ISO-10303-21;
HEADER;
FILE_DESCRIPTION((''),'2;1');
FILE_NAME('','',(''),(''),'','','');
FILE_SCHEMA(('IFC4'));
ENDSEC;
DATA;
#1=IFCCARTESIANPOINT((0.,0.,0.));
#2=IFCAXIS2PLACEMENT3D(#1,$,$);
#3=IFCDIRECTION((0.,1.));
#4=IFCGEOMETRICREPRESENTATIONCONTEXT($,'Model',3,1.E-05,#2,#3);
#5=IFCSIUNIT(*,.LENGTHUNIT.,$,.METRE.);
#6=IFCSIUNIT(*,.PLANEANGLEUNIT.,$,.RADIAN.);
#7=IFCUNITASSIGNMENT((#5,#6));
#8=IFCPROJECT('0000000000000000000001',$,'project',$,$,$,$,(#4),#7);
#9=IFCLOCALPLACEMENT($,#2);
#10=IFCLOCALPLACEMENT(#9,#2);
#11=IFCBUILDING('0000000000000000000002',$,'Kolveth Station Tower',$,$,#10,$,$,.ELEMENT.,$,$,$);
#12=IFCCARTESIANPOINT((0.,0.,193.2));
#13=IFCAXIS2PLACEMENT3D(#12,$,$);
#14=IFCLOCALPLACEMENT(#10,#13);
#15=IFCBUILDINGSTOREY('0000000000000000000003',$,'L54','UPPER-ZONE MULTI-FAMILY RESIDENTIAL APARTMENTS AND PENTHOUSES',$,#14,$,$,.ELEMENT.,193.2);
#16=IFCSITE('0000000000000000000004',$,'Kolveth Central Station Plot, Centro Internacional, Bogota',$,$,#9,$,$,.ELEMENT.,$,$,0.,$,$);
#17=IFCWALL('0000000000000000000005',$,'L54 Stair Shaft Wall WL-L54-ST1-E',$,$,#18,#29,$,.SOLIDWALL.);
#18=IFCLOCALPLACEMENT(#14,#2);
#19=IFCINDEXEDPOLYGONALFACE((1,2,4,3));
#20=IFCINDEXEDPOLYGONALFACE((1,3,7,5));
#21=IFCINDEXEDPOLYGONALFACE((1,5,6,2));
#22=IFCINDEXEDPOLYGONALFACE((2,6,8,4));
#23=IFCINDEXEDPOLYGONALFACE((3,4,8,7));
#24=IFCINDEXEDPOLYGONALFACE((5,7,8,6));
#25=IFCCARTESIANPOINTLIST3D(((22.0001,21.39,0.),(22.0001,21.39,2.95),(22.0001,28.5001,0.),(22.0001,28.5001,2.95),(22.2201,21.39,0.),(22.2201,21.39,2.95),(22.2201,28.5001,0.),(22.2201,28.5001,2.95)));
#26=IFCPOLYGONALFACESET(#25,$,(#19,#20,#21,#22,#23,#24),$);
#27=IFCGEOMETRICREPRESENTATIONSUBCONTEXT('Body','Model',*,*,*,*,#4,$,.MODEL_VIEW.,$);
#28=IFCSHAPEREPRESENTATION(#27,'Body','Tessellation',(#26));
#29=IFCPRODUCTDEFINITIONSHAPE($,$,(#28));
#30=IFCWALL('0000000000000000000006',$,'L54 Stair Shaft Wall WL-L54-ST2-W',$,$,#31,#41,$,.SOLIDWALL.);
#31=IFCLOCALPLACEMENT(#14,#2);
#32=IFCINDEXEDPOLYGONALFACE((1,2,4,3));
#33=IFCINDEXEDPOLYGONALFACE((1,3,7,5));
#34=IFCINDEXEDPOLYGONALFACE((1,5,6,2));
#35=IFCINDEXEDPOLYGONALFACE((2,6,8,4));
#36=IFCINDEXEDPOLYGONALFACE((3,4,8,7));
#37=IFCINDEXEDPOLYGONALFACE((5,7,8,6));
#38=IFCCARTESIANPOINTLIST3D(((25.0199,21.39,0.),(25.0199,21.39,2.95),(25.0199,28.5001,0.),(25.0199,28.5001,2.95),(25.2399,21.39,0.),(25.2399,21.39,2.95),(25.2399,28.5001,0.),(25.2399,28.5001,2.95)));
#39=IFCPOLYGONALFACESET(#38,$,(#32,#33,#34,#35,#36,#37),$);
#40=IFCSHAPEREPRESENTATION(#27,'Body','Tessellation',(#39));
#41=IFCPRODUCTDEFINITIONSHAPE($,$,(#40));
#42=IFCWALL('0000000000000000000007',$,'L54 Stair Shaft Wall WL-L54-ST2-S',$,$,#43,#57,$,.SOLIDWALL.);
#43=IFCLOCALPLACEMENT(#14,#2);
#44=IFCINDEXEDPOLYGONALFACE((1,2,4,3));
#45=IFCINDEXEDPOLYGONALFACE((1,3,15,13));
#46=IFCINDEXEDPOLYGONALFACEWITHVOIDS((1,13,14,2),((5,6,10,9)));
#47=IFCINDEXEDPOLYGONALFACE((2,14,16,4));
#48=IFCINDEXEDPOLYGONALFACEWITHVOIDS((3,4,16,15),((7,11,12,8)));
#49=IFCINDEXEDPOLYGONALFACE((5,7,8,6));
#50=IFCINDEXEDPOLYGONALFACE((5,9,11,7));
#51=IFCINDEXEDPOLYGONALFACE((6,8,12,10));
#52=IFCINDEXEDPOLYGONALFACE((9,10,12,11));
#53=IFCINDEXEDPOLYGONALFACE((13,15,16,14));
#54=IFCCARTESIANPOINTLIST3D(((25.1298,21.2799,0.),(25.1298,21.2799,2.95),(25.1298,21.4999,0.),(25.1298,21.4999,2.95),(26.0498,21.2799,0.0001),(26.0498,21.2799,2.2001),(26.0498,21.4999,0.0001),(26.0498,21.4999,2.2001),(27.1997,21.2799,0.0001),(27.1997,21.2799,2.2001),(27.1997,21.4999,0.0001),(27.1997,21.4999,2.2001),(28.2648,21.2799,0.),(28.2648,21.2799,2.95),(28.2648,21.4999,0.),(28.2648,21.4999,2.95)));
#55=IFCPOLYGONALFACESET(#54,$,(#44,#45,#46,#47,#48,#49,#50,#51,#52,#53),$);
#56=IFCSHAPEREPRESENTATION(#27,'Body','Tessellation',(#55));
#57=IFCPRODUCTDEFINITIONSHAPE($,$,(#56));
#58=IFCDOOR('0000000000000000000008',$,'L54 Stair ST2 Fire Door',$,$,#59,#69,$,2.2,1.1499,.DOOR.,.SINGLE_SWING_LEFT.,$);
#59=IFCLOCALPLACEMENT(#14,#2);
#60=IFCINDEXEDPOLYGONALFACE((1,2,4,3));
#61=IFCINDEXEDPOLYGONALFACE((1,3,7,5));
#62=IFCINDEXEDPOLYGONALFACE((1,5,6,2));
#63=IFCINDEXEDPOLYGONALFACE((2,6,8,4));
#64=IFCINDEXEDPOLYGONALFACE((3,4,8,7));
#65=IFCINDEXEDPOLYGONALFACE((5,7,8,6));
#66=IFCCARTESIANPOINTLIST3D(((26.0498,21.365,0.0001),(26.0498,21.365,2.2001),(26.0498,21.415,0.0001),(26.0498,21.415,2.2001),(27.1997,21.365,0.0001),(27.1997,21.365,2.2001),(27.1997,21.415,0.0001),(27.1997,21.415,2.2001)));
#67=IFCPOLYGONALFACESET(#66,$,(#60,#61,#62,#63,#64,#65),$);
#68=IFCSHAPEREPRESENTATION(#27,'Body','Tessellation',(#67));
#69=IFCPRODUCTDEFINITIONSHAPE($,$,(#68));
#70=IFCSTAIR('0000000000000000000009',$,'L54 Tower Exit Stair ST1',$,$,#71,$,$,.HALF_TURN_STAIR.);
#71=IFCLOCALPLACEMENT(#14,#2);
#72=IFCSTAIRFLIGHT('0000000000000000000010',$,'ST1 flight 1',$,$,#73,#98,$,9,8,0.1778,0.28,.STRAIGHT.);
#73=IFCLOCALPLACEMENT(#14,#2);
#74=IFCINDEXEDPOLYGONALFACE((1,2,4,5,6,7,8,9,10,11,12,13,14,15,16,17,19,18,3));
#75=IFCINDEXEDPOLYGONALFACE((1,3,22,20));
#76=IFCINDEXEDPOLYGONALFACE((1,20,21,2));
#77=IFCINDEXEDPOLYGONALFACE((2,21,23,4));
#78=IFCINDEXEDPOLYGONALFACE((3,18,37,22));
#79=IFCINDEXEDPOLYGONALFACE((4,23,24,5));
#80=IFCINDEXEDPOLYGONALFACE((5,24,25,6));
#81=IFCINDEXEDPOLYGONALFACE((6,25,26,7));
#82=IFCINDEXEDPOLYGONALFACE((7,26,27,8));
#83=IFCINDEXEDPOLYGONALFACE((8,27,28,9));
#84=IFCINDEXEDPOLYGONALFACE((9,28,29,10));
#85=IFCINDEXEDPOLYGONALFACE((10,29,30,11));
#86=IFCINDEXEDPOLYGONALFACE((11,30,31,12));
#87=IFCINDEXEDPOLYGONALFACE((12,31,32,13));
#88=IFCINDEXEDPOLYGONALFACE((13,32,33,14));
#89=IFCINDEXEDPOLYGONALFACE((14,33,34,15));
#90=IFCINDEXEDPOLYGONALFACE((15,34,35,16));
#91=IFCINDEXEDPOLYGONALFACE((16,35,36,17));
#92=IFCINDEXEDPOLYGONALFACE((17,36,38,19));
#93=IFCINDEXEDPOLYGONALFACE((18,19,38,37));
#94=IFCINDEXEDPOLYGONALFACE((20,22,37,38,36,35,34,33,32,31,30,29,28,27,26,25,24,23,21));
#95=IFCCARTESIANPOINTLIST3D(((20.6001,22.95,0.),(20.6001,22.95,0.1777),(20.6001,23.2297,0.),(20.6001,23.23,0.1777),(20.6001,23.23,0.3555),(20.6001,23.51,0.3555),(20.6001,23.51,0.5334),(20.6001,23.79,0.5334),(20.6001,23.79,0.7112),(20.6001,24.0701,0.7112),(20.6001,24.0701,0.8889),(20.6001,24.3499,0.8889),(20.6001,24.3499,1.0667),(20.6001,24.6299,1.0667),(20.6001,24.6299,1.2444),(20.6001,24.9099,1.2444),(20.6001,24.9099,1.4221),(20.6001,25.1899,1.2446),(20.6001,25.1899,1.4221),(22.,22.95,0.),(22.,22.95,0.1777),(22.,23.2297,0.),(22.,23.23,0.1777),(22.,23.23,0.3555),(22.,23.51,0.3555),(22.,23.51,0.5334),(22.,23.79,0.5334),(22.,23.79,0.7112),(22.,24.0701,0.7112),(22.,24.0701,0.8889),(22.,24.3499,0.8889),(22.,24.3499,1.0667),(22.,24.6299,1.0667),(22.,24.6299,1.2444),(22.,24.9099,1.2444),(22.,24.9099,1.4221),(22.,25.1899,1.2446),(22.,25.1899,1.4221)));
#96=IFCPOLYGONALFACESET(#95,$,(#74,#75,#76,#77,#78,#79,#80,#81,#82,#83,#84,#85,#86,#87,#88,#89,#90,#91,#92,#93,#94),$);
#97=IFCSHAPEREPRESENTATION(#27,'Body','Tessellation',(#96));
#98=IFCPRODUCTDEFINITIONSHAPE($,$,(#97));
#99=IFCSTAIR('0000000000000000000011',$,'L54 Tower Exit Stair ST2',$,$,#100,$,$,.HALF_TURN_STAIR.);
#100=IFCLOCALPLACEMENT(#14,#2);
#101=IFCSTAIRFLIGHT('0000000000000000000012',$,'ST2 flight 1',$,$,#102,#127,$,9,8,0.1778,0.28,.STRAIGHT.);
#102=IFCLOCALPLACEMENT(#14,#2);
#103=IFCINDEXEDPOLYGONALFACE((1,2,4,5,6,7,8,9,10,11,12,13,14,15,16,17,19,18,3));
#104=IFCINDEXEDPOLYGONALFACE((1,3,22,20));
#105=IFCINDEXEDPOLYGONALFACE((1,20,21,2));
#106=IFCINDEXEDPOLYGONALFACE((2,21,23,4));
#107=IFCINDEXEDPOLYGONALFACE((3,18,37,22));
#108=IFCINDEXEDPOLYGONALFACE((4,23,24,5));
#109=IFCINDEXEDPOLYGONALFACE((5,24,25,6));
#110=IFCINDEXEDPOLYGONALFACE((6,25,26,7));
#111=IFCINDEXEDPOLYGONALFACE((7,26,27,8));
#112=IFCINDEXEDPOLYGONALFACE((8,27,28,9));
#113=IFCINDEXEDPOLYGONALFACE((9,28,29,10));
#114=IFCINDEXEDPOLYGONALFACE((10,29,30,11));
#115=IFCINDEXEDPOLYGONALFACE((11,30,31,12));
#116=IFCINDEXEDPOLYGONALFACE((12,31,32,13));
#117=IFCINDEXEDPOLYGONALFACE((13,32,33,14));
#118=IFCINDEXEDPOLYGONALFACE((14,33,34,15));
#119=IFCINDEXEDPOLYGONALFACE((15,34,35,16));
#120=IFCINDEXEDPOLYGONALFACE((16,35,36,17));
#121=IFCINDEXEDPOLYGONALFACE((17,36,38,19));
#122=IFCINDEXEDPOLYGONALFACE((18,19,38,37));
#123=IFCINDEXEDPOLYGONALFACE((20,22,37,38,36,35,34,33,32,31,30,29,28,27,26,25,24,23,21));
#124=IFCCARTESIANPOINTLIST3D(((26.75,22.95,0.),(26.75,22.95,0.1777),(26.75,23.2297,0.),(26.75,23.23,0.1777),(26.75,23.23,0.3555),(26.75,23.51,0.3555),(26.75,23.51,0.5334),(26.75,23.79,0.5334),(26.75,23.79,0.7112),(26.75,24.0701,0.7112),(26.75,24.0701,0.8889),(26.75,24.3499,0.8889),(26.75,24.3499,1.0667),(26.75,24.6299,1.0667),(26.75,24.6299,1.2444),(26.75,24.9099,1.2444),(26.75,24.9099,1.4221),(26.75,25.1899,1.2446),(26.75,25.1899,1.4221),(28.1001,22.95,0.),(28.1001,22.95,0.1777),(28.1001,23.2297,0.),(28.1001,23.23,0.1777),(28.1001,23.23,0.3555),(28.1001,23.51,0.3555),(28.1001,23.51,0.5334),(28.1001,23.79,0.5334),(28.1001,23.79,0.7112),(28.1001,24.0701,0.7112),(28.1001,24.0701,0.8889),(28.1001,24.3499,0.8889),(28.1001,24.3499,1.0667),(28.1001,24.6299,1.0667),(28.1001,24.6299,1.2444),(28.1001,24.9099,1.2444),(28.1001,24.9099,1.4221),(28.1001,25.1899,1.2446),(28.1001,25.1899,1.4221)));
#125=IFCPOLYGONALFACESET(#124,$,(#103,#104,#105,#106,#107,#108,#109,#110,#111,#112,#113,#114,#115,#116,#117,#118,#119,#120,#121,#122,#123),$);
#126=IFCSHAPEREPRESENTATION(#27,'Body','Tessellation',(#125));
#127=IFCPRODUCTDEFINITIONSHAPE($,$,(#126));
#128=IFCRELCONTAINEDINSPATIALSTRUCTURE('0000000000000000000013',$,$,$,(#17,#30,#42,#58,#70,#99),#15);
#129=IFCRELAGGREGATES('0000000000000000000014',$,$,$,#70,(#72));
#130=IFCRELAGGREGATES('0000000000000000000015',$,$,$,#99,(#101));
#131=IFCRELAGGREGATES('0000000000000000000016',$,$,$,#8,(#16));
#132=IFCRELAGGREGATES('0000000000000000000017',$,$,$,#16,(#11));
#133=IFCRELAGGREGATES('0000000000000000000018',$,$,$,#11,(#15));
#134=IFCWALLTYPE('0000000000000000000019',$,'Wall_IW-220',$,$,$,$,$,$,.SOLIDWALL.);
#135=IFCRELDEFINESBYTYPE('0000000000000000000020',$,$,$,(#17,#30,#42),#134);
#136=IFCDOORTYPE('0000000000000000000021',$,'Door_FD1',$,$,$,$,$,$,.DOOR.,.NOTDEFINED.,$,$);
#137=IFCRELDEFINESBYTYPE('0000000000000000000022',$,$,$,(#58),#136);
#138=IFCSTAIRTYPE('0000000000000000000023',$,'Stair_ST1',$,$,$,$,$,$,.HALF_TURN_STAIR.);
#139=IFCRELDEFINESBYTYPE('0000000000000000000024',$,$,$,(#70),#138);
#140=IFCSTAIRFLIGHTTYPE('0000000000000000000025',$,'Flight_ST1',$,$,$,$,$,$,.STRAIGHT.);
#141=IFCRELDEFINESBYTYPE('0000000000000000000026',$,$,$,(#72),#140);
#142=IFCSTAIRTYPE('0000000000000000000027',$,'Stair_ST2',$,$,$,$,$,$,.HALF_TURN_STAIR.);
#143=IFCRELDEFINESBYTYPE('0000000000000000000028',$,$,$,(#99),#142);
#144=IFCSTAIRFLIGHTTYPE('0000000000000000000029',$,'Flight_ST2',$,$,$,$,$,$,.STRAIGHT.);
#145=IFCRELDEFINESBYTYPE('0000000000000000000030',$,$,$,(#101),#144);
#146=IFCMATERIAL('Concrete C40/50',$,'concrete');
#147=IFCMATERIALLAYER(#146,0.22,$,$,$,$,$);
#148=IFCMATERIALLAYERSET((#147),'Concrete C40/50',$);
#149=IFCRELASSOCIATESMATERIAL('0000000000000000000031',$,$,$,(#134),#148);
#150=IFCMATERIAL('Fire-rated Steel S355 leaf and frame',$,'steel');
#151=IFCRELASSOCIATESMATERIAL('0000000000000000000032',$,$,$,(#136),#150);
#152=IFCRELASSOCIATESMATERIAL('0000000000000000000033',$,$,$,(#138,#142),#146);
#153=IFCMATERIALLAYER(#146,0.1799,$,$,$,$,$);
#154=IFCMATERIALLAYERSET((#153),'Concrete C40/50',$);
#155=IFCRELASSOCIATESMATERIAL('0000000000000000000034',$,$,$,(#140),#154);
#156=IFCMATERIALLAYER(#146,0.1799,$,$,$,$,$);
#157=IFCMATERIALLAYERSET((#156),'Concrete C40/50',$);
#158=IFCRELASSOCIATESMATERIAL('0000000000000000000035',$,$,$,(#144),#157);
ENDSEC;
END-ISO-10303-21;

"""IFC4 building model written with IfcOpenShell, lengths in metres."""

from ifc_helpers import new_model, si_unit, direction, frame, frame_2d, origin, place, context, subcontext, project, spatial, polyline, rectangle, outline, extrude, material, layer, layer_set, type_object, element, fill, aggregate, save


model = new_model("IFC4")

# Units and contexts
model_context = context("Model", 3, precision=1e-05, world=origin(), true_north=direction((0.0, 1.0)))
body_context = subcontext(model_context, "Body", "Model", "MODEL_VIEW")
ifc_project = project(units=[si_unit("LENGTHUNIT", "METRE"), si_unit("PLANEANGLEUNIT", "RADIAN")], contexts=[model_context])

# Site, building, storey
site_placement = place(None, origin())
site = spatial("IfcSite", under=ifc_project, at=site_placement, Name="Kolveth Central Station Plot, Centro Internacional, Bogota", CompositionType="ELEMENT", RefElevation=0.0)
building_placement = place(site_placement, origin())
building = spatial("IfcBuilding", under=site, at=building_placement, Name="Kolveth Station Tower", CompositionType="ELEMENT")
storey_placement = place(building_placement, frame((0.0, 0.0, 193.2)))
storey = spatial("IfcBuildingStorey", under=building, at=storey_placement, Name="L54", Description="UPPER-ZONE MULTI-FAMILY RESIDENTIAL APARTMENTS AND PENTHOUSES", CompositionType="ELEMENT", Elevation=193.2)

# Walls
ifc_material_1 = material(Name="Concrete C40/50", Category="concrete")
ifc_layer_1 = layer(ifc_material_1, 0.22)
ifc_layer_set_1 = layer_set([ifc_layer_1], Name="Concrete C40/50")
wall_type_1 = type_object("IfcWallType", Name="Wall_IW-220", PredefinedType="SOLIDWALL", material=ifc_layer_set_1)
for number, where, z_axis, x_axis, name in (
    (1, (22.1101, 21.3899, 0.0), (0.0, 0.0, 1.0), (0.0, 1.0, 0.0), "L54 Stair Shaft Wall WL-L54-ST1-E"),
    (2, (25.1299, 21.3899, 0.0), (0.0, 0.0, 1.0), (0.0, 1.0, 0.0), "L54 Stair Shaft Wall WL-L54-ST2-W"),
):
    element("IfcWall", number, at=place(storey_placement, frame(where, z_axis=z_axis, x_axis=x_axis)), inside=storey, type_object=wall_type_1, Name=name, PredefinedType="SOLIDWALL", context=body_context, shape_type="SweptSolid", body=[
        extrude(rectangle(XDim=7.1101, YDim=0.22, at=frame_2d((3.5552, 0.0))), origin(), (0.0, 0.0, 1.0), 2.95),
    ])

# Wall, opening, door
wall_1_placement = place(storey_placement, frame((25.1299, 21.3899, 0.0), z_axis=(0.0, 0.0, 1.0), x_axis=(1.0, 0.0, 0.0)))
wall_1 = element("IfcWall", 3, at=wall_1_placement, inside=storey, type_object=wall_type_1, Name="L54 Stair Shaft Wall WL-L54-ST2-S", PredefinedType="SOLIDWALL", context=body_context, shape_type="SweptSolid", body=[
    extrude(rectangle(XDim=3.135, YDim=0.22, at=frame_2d((1.5674, 0.0))), origin(), (0.0, 0.0, 1.0), 2.95),
])
opening_placement = place(wall_1_placement, frame((0.9199, 0.0, 0.0)))
opening = element("IfcOpeningElement", 4, at=opening_placement, cuts=wall_1, PredefinedType="OPENING", context=body_context, shape_type="SweptSolid", body=[
    extrude(rectangle(XDim=1.1499, YDim=2.2, at=frame_2d((0.575, 1.1001))), frame((0.0, 0.1199, 0.0), z_axis=(0.0, -1.0, 0.0), x_axis=(1.0, 0.0, 0.0)), (0.0, 0.0, 1.0), 0.24),
])
ifc_material_2 = material(Name="Fire-rated Steel S355 leaf and frame", Category="steel")
door_type = type_object("IfcDoorType", Name="Door_FD1", OperationType="NOTDEFINED", PredefinedType="DOOR", material=ifc_material_2)
door_placement = place(opening_placement, frame((1.1499, 0.0, 0.0), z_axis=(0.0, 0.0, 1.0), x_axis=(-1.0, 0.0, 0.0)))
door = element("IfcDoor", 5, at=door_placement, inside=storey, type_object=door_type, Name="L54 Stair ST2 Fire Door", OperationType="SINGLE_SWING_LEFT", OverallHeight=2.2, OverallWidth=1.1499, PredefinedType="DOOR", context=body_context, shape_type="SweptSolid", body=[
    extrude(rectangle(XDim=1.1499, YDim=2.2, at=frame_2d((0.575, 1.1001))), frame((0.0, 0.0249, 0.0), z_axis=(0.0, -1.0, 0.0), x_axis=(1.0, 0.0, 0.0)), (0.0, 0.0, 1.0), 0.05),
])
fill(opening, door)

# Stairs, stair flights
stair_type_1 = type_object("IfcStairType", Name="Stair_ST1", PredefinedType="HALF_TURN_STAIR", material=ifc_material_1)
stair_1_placement = place(storey_placement, origin())
stair_1 = element("IfcStair", 6, at=stair_1_placement, inside=storey, type_object=stair_type_1, Name="L54 Tower Exit Stair ST1", PredefinedType="HALF_TURN_STAIR")
ifc_layer_2 = layer(ifc_material_1, 0.1799)
ifc_layer_set_2 = layer_set([ifc_layer_2], Name="Concrete C40/50")
stair_flight_type_1 = type_object("IfcStairFlightType", Name="Flight_ST1", PredefinedType="STRAIGHT", material=ifc_layer_set_2)
stair_flight_1_placement = place(storey_placement, frame((21.3, 22.95, 0.0), z_axis=(0.0, 0.0, 1.0), x_axis=(0.0, 1.0, 0.0)))
stair_flight_1 = element("IfcStairFlight", 7, at=stair_flight_1_placement, type_object=stair_flight_type_1, Name="ST1 flight 1", NumberOfRisers=9, NumberOfTreads=8, PredefinedType="STRAIGHT", RiserHeight=0.1778, TreadLength=0.28, context=body_context, shape_type="SweptSolid", body=[
    extrude(outline(polyline([(0.0, 0.0), (0.0, 0.1777), (0.28, 0.1777), (0.28, 0.3555), (0.5601, 0.3555), (0.5601, 0.5334), (0.8401, 0.5334), (0.8401, 0.7112), (1.1201, 0.7112), (1.1201, 0.8889), (1.3999, 0.8889), (1.3999, 1.0667), (1.6799, 1.0667), (1.6799, 1.2444), (1.96, 1.2444), (1.96, 1.4221), (2.24, 1.4221), (2.24, 1.6001), (2.24, 1.2446), (0.2798, 0.0), (0.0, 0.0)])), frame((0.0, 0.7, 0.0), z_axis=(0.0, -1.0, 0.0), x_axis=(1.0, 0.0, 0.0)), (0.0, 0.0, 1.0), 1.3999),
])
aggregate(stair_1, [stair_flight_1])
stair_type_2 = type_object("IfcStairType", Name="Stair_ST2", PredefinedType="HALF_TURN_STAIR", material=ifc_material_1)
stair_2_placement = place(storey_placement, origin())
stair_2 = element("IfcStair", 8, at=stair_2_placement, inside=storey, type_object=stair_type_2, Name="L54 Tower Exit Stair ST2", PredefinedType="HALF_TURN_STAIR")
ifc_layer_3 = layer(ifc_material_1, 0.1799)
ifc_layer_set_3 = layer_set([ifc_layer_3], Name="Concrete C40/50")
stair_flight_type_2 = type_object("IfcStairFlightType", Name="Flight_ST2", PredefinedType="STRAIGHT", material=ifc_layer_set_3)
stair_flight_2_placement = place(storey_placement, frame((27.425, 22.95, 0.0), z_axis=(0.0, 0.0, 1.0), x_axis=(0.0, 1.0, 0.0)))
stair_flight_2 = element("IfcStairFlight", 9, at=stair_flight_2_placement, type_object=stair_flight_type_2, Name="ST2 flight 1", NumberOfRisers=9, NumberOfTreads=8, PredefinedType="STRAIGHT", RiserHeight=0.1778, TreadLength=0.28, context=body_context, shape_type="SweptSolid", body=[
    extrude(outline(polyline([(0.0, 0.0), (0.0, 0.1777), (0.28, 0.1777), (0.28, 0.3555), (0.5601, 0.3555), (0.5601, 0.5334), (0.8401, 0.5334), (0.8401, 0.7112), (1.1201, 0.7112), (1.1201, 0.8889), (1.3999, 0.8889), (1.3999, 1.0667), (1.6799, 1.0667), (1.6799, 1.2444), (1.96, 1.2444), (1.96, 1.4221), (2.24, 1.4221), (2.24, 1.6001), (2.24, 1.2446), (0.2798, 0.0), (0.0, 0.0)])), frame((0.0, 0.675, 0.0), z_axis=(0.0, -1.0, 0.0), x_axis=(1.0, 0.0, 0.0)), (0.0, 0.0, 1.0), 1.3501),
])
aggregate(stair_2, [stair_flight_2])

save(model, "model.ifc")
